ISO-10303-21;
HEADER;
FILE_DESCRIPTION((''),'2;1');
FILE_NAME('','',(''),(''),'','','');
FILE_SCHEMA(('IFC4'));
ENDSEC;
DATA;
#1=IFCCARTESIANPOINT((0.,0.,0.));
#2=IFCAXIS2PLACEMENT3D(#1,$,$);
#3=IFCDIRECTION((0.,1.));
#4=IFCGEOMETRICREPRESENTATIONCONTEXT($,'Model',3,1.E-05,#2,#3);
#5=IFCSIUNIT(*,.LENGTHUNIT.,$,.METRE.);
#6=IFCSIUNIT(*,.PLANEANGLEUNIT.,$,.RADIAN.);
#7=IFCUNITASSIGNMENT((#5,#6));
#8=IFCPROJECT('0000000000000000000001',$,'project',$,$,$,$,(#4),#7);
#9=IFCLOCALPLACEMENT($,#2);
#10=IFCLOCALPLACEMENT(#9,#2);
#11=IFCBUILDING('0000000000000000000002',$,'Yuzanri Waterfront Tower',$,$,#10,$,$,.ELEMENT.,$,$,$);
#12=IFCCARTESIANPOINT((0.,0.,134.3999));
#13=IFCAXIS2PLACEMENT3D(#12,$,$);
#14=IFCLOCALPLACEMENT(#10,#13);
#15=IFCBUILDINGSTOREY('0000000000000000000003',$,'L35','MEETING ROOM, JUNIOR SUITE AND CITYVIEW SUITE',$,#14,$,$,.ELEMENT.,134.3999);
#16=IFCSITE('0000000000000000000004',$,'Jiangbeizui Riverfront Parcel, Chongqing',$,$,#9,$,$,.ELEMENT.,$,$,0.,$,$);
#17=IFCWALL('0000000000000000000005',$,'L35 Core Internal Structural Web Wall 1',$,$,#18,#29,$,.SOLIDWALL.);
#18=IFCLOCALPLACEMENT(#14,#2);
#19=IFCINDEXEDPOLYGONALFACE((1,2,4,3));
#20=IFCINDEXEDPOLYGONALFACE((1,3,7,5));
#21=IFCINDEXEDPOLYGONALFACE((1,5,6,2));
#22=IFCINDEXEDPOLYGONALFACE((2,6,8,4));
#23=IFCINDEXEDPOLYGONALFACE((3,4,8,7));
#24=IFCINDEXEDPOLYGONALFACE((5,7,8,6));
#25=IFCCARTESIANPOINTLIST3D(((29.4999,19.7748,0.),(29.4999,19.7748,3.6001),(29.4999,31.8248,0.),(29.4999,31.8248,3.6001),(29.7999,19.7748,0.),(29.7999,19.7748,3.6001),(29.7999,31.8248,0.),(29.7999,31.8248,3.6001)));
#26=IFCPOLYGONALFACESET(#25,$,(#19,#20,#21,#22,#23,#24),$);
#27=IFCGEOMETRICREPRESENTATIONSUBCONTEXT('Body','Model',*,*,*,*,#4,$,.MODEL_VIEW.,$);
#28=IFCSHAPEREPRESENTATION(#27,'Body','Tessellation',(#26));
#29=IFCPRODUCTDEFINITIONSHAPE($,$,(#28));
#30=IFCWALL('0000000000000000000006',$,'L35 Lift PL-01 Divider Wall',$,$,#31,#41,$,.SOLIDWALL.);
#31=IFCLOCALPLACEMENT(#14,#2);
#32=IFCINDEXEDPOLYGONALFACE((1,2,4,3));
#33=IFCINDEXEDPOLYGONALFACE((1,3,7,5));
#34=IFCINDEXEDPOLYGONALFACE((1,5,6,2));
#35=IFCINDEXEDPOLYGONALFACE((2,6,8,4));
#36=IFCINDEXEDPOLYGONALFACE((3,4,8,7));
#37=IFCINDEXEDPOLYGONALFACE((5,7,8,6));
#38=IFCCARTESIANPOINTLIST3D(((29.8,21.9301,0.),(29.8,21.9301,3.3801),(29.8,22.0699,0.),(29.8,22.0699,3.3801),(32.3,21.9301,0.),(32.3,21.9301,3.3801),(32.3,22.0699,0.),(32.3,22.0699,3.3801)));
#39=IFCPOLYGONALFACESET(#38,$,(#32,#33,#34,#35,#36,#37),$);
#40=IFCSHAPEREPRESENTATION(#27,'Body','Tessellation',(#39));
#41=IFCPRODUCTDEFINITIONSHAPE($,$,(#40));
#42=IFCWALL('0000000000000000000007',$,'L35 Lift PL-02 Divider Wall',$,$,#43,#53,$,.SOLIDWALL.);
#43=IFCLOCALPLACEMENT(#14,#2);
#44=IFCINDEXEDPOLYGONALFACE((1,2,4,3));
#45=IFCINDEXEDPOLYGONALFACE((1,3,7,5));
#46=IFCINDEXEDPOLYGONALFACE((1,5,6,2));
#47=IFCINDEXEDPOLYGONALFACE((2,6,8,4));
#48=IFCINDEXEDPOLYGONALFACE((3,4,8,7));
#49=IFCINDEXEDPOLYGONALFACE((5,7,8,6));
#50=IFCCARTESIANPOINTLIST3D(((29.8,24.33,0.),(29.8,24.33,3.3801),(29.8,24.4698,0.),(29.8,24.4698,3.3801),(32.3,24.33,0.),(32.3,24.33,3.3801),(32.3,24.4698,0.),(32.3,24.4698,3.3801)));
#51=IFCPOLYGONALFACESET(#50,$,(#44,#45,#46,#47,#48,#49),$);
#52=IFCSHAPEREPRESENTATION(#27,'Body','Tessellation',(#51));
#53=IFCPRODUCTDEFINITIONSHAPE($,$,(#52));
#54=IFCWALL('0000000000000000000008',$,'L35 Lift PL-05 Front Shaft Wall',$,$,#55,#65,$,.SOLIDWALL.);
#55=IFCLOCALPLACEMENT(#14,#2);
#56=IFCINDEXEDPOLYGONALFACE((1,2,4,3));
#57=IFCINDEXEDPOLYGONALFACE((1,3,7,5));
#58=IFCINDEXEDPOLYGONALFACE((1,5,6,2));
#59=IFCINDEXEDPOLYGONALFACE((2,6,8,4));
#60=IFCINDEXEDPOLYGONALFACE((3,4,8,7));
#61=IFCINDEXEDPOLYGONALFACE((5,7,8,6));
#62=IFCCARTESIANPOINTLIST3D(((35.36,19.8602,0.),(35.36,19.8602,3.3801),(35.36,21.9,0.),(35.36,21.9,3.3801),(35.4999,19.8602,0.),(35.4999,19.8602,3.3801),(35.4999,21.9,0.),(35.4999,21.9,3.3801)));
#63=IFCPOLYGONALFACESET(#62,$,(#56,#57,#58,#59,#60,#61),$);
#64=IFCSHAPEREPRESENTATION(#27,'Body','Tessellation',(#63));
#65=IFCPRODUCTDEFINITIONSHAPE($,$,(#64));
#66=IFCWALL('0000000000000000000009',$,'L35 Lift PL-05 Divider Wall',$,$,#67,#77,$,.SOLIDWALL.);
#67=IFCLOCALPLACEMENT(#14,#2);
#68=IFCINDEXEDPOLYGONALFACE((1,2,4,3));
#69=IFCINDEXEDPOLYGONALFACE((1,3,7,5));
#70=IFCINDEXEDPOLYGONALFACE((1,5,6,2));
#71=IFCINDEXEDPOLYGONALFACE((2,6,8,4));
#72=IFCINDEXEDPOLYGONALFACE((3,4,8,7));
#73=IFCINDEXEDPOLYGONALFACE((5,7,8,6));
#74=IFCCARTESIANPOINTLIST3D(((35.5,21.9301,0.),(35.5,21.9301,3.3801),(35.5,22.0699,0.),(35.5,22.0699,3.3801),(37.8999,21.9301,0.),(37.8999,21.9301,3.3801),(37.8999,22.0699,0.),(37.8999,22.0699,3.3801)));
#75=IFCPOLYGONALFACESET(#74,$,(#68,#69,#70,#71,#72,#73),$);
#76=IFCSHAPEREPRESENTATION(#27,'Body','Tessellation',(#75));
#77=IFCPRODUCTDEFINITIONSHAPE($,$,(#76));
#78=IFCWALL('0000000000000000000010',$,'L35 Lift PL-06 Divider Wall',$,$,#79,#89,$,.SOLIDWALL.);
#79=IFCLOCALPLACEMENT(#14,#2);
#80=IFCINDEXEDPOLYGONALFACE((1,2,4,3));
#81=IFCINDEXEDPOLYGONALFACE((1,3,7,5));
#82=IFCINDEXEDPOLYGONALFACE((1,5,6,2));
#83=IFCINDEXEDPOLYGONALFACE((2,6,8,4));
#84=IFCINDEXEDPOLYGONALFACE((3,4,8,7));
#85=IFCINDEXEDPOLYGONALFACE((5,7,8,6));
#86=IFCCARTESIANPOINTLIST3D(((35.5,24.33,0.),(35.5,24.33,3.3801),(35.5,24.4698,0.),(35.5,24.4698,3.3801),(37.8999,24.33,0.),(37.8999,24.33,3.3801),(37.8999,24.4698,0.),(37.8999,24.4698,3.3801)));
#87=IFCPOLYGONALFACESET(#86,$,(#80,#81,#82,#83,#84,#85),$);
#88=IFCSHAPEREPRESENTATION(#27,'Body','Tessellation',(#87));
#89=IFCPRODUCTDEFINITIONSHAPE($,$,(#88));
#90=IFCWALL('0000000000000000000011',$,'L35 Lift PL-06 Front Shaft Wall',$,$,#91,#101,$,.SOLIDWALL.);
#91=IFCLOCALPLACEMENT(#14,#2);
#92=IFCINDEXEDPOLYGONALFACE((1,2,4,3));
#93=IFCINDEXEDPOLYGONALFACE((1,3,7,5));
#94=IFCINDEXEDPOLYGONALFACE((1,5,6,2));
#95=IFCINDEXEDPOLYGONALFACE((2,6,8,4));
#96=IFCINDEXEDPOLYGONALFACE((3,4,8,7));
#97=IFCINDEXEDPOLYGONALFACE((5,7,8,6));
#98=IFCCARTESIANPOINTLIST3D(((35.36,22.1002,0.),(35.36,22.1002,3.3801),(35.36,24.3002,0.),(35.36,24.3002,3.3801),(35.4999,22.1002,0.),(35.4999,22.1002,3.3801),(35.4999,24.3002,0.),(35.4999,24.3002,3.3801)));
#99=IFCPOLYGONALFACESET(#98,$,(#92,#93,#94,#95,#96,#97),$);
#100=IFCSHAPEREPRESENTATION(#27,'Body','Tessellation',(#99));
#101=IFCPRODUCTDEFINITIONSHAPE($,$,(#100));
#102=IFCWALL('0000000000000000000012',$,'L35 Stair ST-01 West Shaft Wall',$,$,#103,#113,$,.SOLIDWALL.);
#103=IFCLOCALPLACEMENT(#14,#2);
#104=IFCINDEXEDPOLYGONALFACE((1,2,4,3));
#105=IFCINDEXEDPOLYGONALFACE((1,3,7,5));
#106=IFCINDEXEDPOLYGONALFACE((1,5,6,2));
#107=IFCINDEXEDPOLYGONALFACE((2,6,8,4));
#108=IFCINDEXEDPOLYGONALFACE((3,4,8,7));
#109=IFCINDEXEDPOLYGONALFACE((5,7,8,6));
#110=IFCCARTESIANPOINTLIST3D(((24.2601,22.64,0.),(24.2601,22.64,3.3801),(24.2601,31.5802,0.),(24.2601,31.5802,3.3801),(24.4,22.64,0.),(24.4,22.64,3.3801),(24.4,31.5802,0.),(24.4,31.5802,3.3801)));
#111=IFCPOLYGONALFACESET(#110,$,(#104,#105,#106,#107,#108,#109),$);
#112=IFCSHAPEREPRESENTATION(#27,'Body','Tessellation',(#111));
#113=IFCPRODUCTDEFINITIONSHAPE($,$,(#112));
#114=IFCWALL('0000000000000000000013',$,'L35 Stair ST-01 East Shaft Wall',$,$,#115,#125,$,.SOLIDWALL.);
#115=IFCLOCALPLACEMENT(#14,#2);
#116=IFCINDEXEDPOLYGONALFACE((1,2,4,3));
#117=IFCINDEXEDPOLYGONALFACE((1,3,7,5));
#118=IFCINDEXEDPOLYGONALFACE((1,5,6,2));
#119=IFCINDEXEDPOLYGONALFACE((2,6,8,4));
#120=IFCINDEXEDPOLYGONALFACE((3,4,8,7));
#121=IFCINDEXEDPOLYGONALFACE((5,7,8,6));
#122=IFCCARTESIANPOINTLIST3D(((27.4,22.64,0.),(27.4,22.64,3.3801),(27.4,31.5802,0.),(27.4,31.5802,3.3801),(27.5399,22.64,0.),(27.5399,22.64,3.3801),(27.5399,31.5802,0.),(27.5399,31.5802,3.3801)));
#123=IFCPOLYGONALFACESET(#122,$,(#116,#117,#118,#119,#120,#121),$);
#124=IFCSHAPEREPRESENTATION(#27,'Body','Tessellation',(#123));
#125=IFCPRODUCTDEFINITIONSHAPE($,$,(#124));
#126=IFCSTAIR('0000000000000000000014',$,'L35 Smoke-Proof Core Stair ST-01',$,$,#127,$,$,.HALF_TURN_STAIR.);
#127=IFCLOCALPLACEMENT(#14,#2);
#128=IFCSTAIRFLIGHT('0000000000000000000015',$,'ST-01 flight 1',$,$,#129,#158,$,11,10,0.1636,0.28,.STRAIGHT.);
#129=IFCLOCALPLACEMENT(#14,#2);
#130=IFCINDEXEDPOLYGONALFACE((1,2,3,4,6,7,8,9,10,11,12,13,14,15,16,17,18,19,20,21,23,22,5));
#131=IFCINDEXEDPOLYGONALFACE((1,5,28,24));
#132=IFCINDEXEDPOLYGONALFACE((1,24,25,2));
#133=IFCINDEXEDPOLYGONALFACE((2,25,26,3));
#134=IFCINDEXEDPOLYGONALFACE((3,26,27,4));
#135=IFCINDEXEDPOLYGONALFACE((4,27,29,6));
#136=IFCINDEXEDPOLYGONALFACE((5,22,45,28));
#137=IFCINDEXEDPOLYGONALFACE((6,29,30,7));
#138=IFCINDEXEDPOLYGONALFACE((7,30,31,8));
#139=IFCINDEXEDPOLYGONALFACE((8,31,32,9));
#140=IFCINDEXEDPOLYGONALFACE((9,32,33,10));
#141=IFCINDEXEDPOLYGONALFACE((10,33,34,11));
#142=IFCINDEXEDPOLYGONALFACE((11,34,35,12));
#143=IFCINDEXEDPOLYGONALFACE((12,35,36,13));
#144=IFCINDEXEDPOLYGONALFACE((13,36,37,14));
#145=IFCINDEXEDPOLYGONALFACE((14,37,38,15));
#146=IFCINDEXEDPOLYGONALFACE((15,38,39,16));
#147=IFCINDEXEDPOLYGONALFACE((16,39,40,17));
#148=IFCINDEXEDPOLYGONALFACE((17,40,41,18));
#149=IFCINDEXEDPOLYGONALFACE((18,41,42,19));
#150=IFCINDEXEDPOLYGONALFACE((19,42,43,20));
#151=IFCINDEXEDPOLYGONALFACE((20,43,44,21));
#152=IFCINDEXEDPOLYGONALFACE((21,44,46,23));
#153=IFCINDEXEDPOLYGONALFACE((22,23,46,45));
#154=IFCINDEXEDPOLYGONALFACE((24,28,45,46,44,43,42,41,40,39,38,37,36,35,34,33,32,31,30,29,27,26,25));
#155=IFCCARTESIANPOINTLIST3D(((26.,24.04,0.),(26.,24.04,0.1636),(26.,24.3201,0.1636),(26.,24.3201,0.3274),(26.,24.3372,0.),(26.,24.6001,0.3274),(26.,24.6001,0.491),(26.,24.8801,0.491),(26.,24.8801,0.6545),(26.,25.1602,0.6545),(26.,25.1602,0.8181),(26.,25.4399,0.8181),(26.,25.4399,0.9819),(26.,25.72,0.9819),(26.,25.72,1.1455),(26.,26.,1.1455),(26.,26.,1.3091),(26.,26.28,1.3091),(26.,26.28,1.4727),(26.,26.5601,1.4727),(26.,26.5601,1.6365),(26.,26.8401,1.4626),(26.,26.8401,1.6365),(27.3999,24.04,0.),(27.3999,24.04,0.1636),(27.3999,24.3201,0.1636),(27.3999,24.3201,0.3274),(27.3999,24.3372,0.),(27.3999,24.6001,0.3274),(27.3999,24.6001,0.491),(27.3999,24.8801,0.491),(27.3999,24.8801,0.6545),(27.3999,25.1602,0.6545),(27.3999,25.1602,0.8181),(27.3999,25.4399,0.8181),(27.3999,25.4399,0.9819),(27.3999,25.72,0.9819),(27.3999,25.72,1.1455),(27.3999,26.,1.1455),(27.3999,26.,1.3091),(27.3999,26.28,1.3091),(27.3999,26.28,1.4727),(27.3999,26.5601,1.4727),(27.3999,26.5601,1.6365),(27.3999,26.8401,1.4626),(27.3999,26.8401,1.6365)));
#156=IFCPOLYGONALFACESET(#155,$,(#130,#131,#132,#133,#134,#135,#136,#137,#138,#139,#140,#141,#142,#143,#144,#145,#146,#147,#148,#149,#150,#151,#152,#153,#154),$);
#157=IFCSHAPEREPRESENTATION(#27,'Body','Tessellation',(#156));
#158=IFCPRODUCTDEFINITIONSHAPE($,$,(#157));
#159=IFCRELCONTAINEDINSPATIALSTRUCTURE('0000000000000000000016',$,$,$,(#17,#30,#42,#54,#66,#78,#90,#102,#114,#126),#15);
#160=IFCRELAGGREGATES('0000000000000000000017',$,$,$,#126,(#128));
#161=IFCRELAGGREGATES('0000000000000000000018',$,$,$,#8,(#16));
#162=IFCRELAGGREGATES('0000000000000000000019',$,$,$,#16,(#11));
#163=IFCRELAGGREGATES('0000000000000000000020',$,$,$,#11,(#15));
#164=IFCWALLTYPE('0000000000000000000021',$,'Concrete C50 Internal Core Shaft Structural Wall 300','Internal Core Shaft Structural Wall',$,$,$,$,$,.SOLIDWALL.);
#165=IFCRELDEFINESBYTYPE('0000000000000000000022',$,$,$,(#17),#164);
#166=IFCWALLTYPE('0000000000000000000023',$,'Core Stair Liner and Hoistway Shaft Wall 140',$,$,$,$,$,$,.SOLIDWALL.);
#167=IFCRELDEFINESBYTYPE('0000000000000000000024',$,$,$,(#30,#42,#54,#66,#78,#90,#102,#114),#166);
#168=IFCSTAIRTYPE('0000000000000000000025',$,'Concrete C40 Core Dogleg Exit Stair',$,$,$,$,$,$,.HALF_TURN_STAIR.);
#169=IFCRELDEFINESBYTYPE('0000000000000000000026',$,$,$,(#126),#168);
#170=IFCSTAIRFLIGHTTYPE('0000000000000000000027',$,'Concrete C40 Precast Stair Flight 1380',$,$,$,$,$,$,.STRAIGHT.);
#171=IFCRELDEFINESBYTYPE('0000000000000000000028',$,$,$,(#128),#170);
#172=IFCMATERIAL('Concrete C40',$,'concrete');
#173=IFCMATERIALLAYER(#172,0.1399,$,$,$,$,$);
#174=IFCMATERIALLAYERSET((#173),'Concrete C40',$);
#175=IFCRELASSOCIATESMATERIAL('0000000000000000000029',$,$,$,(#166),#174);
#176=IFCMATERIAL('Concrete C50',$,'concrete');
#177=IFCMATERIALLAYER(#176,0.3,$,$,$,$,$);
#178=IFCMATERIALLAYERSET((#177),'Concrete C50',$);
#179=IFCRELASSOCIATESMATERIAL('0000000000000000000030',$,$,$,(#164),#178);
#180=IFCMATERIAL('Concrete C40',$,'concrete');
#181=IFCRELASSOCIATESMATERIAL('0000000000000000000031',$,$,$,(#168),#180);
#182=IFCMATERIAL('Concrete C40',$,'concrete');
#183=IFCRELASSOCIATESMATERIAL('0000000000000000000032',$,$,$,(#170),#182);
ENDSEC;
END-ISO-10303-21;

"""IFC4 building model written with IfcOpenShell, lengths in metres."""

from ifc_helpers import new_model, si_unit, direction, frame, frame_2d, origin, place, context, subcontext, project, spatial, polyline, rectangle, outline, extrude, source, transform, mapped, material, layer, layer_set, type_object, element, aggregate, save


model = new_model("IFC4")

# Units and contexts
model_context = context("Model", 3, precision=1e-05, world=origin(), true_north=direction((0.0, 1.0)))
body_context = subcontext(model_context, "Body", "Model", "MODEL_VIEW")
ifc_project = project(units=[si_unit("LENGTHUNIT", "METRE"), si_unit("PLANEANGLEUNIT", "RADIAN")], contexts=[model_context])

# Site, building, storey
site_placement = place(None, origin())
site = spatial("IfcSite", under=ifc_project, at=site_placement, Name="Jiangbeizui Riverfront Parcel, Chongqing", CompositionType="ELEMENT", RefElevation=0.0)
building_placement = place(site_placement, origin())
building = spatial("IfcBuilding", under=site, at=building_placement, Name="Yuzanri Waterfront Tower", CompositionType="ELEMENT")
storey_placement = place(building_placement, frame((0.0, 0.0, 134.3999)))
storey = spatial("IfcBuildingStorey", under=building, at=storey_placement, Name="L35", Description="MEETING ROOM, JUNIOR SUITE AND CITYVIEW SUITE", CompositionType="ELEMENT", Elevation=134.3999)

# Shared definitions
ifc_material_1 = material(Name="Concrete C40", Category="concrete")
ifc_layer_1 = layer(ifc_material_1, 0.1399)
ifc_layer_set_1 = layer_set([ifc_layer_1], Name="Concrete C40")
wall_type_1 = type_object("IfcWallType", Name="Core Stair Liner and Hoistway Shaft Wall 140", PredefinedType="SOLIDWALL", material=ifc_layer_set_1)

# Walls
ifc_material_2 = material(Name="Concrete C50", Category="concrete")
ifc_layer_2 = layer(ifc_material_2, 0.3)
ifc_layer_set_2 = layer_set([ifc_layer_2], Name="Concrete C50")
wall_type_2 = type_object("IfcWallType", Name="Concrete C50 Internal Core Shaft Structural Wall 300", Description="Internal Core Shaft Structural Wall", PredefinedType="SOLIDWALL", material=ifc_layer_set_2)
shared_shape_1 = source(origin(), body_context, "Body", "SweptSolid", [
    extrude(rectangle(XDim=12.05, YDim=0.3, at=frame_2d((6.0249, 0.0))), origin(), (0.0, 0.0, 1.0), 3.6001),
])
wall_1_placement = place(storey_placement, frame((29.6499, 19.7749, 0.0), z_axis=(0.0, 0.0, 1.0), x_axis=(0.0, 1.0, 0.0)))
element("IfcWall", 1, at=wall_1_placement, inside=storey, type_object=wall_type_2, Name="L35 Core Internal Structural Web Wall 1", PredefinedType="SOLIDWALL", context=body_context, shape_type="MappedRepresentation", body=[
    mapped(shared_shape_1, transform((0.0, 0.0, 0.0), scale=1.0)),
])
shared_shape_2 = source(origin(), body_context, "Body", "SweptSolid", [
    extrude(rectangle(XDim=2.5, YDim=0.1399, at=frame_2d((1.25, 0.0))), origin(), (0.0, 0.0, 1.0), 3.3801),
])
for number, where, z_axis, x_axis, name in (
    (2, (29.8, 22.0, 0.0), (0.0, 0.0, 1.0), (1.0, 0.0, 0.0), "L35 Lift PL-01 Divider Wall"),
    (3, (29.8, 24.3999, 0.0), (0.0, 0.0, 1.0), (1.0, 0.0, 0.0), "L35 Lift PL-02 Divider Wall"),
):
    element("IfcWall", number, at=place(storey_placement, frame(where, z_axis=z_axis, x_axis=x_axis)), inside=storey, type_object=wall_type_1, Name=name, PredefinedType="SOLIDWALL", context=body_context, shape_type="MappedRepresentation", body=[
        mapped(shared_shape_2, transform((0.0, 0.0, 0.0), scale=1.0)),
    ])
shared_shape_3 = source(origin(), body_context, "Body", "SweptSolid", [
    extrude(rectangle(XDim=2.0398, YDim=0.1399, at=frame_2d((1.02, 0.0))), origin(), (0.0, 0.0, 1.0), 3.3801),
])
wall_2_placement = place(storey_placement, frame((35.4299, 19.8601, 0.0), z_axis=(0.0, 0.0, 1.0), x_axis=(0.0, 1.0, 0.0)))
element("IfcWall", 4, at=wall_2_placement, inside=storey, type_object=wall_type_1, Name="L35 Lift PL-05 Front Shaft Wall", PredefinedType="SOLIDWALL", context=body_context, shape_type="MappedRepresentation", body=[
    mapped(shared_shape_3, transform((0.0, 0.0, 0.0), scale=1.0)),
])
shared_shape_4 = source(origin(), body_context, "Body", "SweptSolid", [
    extrude(rectangle(XDim=2.3999, YDim=0.1399, at=frame_2d((1.2, 0.0))), origin(), (0.0, 0.0, 1.0), 3.3801),
])
for number, where, z_axis, x_axis, name in (
    (5, (35.5, 22.0, 0.0), (0.0, 0.0, 1.0), (1.0, 0.0, 0.0), "L35 Lift PL-05 Divider Wall"),
    (6, (35.5, 24.3999, 0.0), (0.0, 0.0, 1.0), (1.0, 0.0, 0.0), "L35 Lift PL-06 Divider Wall"),
):
    element("IfcWall", number, at=place(storey_placement, frame(where, z_axis=z_axis, x_axis=x_axis)), inside=storey, type_object=wall_type_1, Name=name, PredefinedType="SOLIDWALL", context=body_context, shape_type="MappedRepresentation", body=[
        mapped(shared_shape_4, transform((0.0, 0.0, 0.0), scale=1.0)),
    ])
shared_shape_5 = source(origin(), body_context, "Body", "SweptSolid", [
    extrude(rectangle(XDim=2.2, YDim=0.1399, at=frame_2d((1.1001, 0.0))), origin(), (0.0, 0.0, 1.0), 3.3801),
])
wall_3_placement = place(storey_placement, frame((35.4299, 22.1001, 0.0), z_axis=(0.0, 0.0, 1.0), x_axis=(0.0, 1.0, 0.0)))
element("IfcWall", 7, at=wall_3_placement, inside=storey, type_object=wall_type_1, Name="L35 Lift PL-06 Front Shaft Wall", PredefinedType="SOLIDWALL", context=body_context, shape_type="MappedRepresentation", body=[
    mapped(shared_shape_5, transform((0.0, 0.0, 0.0), scale=1.0)),
])
shared_shape_6 = source(origin(), body_context, "Body", "SweptSolid", [
    extrude(rectangle(XDim=8.9402, YDim=0.1399, at=frame_2d((4.4702, 0.0))), origin(), (0.0, 0.0, 1.0), 3.3801),
])
for number, where, z_axis, x_axis, name in (
    (8, (24.3301, 22.6399, 0.0), (0.0, 0.0, 1.0), (0.0, 1.0, 0.0), "L35 Stair ST-01 West Shaft Wall"),
    (9, (27.47, 22.6399, 0.0), (0.0, 0.0, 1.0), (0.0, 1.0, 0.0), "L35 Stair ST-01 East Shaft Wall"),
):
    element("IfcWall", number, at=place(storey_placement, frame(where, z_axis=z_axis, x_axis=x_axis)), inside=storey, type_object=wall_type_1, Name=name, PredefinedType="SOLIDWALL", context=body_context, shape_type="MappedRepresentation", body=[
        mapped(shared_shape_6, transform((0.0, 0.0, 0.0), scale=1.0)),
    ])

# Stair, stair flight
ifc_material_3 = material(Name="Concrete C40", Category="concrete")
stair_type = type_object("IfcStairType", Name="Concrete C40 Core Dogleg Exit Stair", PredefinedType="HALF_TURN_STAIR", material=ifc_material_3)
stair_placement = place(storey_placement, origin())
stair = element("IfcStair", 10, at=stair_placement, inside=storey, type_object=stair_type, Name="L35 Smoke-Proof Core Stair ST-01", PredefinedType="HALF_TURN_STAIR")
ifc_material_4 = material(Name="Concrete C40", Category="concrete")
stair_flight_type = type_object("IfcStairFlightType", Name="Concrete C40 Precast Stair Flight 1380", PredefinedType="STRAIGHT", material=ifc_material_4)
shared_shape_7 = source(origin(), body_context, "Body", "SweptSolid", [
    extrude(outline(polyline([(0.0, 0.0), (0.0, 0.1636), (0.28, 0.1636), (0.28, 0.3274), (0.5601, 0.3274), (0.5601, 0.491), (0.8401, 0.491), (0.8401, 0.6545), (1.1201, 0.6545), (1.1201, 0.8181), (1.3999, 0.8181), (1.3999, 0.9819), (1.6799, 0.9819), (1.6799, 1.1455), (1.96, 1.1455), (1.96, 1.3091), (2.24, 1.3091), (2.24, 1.4727), (2.52, 1.4727), (2.52, 1.6365), (2.8, 1.6365), (2.8, 1.8), (2.8, 1.4626), (0.2971, 0.0), (0.0, 0.0)])), frame((0.0, 0.7, 0.0), z_axis=(0.0, -1.0, 0.0), x_axis=(1.0, 0.0, 0.0)), (0.0, 0.0, 1.0), 1.3999),
])
stair_flight_placement = place(storey_placement, frame((26.7, 24.04, 0.0), z_axis=(0.0, 0.0, 1.0), x_axis=(0.0, 1.0, 0.0)))
stair_flight = element("IfcStairFlight", 11, at=stair_flight_placement, type_object=stair_flight_type, Name="ST-01 flight 1", NumberOfRisers=11, NumberOfTreads=10, PredefinedType="STRAIGHT", RiserHeight=0.1636, TreadLength=0.28, context=body_context, shape_type="MappedRepresentation", body=[
    mapped(shared_shape_7, transform((0.0, 0.0, 0.0), scale=1.0)),
])
aggregate(stair, [stair_flight])

save(model, "model.ifc")
